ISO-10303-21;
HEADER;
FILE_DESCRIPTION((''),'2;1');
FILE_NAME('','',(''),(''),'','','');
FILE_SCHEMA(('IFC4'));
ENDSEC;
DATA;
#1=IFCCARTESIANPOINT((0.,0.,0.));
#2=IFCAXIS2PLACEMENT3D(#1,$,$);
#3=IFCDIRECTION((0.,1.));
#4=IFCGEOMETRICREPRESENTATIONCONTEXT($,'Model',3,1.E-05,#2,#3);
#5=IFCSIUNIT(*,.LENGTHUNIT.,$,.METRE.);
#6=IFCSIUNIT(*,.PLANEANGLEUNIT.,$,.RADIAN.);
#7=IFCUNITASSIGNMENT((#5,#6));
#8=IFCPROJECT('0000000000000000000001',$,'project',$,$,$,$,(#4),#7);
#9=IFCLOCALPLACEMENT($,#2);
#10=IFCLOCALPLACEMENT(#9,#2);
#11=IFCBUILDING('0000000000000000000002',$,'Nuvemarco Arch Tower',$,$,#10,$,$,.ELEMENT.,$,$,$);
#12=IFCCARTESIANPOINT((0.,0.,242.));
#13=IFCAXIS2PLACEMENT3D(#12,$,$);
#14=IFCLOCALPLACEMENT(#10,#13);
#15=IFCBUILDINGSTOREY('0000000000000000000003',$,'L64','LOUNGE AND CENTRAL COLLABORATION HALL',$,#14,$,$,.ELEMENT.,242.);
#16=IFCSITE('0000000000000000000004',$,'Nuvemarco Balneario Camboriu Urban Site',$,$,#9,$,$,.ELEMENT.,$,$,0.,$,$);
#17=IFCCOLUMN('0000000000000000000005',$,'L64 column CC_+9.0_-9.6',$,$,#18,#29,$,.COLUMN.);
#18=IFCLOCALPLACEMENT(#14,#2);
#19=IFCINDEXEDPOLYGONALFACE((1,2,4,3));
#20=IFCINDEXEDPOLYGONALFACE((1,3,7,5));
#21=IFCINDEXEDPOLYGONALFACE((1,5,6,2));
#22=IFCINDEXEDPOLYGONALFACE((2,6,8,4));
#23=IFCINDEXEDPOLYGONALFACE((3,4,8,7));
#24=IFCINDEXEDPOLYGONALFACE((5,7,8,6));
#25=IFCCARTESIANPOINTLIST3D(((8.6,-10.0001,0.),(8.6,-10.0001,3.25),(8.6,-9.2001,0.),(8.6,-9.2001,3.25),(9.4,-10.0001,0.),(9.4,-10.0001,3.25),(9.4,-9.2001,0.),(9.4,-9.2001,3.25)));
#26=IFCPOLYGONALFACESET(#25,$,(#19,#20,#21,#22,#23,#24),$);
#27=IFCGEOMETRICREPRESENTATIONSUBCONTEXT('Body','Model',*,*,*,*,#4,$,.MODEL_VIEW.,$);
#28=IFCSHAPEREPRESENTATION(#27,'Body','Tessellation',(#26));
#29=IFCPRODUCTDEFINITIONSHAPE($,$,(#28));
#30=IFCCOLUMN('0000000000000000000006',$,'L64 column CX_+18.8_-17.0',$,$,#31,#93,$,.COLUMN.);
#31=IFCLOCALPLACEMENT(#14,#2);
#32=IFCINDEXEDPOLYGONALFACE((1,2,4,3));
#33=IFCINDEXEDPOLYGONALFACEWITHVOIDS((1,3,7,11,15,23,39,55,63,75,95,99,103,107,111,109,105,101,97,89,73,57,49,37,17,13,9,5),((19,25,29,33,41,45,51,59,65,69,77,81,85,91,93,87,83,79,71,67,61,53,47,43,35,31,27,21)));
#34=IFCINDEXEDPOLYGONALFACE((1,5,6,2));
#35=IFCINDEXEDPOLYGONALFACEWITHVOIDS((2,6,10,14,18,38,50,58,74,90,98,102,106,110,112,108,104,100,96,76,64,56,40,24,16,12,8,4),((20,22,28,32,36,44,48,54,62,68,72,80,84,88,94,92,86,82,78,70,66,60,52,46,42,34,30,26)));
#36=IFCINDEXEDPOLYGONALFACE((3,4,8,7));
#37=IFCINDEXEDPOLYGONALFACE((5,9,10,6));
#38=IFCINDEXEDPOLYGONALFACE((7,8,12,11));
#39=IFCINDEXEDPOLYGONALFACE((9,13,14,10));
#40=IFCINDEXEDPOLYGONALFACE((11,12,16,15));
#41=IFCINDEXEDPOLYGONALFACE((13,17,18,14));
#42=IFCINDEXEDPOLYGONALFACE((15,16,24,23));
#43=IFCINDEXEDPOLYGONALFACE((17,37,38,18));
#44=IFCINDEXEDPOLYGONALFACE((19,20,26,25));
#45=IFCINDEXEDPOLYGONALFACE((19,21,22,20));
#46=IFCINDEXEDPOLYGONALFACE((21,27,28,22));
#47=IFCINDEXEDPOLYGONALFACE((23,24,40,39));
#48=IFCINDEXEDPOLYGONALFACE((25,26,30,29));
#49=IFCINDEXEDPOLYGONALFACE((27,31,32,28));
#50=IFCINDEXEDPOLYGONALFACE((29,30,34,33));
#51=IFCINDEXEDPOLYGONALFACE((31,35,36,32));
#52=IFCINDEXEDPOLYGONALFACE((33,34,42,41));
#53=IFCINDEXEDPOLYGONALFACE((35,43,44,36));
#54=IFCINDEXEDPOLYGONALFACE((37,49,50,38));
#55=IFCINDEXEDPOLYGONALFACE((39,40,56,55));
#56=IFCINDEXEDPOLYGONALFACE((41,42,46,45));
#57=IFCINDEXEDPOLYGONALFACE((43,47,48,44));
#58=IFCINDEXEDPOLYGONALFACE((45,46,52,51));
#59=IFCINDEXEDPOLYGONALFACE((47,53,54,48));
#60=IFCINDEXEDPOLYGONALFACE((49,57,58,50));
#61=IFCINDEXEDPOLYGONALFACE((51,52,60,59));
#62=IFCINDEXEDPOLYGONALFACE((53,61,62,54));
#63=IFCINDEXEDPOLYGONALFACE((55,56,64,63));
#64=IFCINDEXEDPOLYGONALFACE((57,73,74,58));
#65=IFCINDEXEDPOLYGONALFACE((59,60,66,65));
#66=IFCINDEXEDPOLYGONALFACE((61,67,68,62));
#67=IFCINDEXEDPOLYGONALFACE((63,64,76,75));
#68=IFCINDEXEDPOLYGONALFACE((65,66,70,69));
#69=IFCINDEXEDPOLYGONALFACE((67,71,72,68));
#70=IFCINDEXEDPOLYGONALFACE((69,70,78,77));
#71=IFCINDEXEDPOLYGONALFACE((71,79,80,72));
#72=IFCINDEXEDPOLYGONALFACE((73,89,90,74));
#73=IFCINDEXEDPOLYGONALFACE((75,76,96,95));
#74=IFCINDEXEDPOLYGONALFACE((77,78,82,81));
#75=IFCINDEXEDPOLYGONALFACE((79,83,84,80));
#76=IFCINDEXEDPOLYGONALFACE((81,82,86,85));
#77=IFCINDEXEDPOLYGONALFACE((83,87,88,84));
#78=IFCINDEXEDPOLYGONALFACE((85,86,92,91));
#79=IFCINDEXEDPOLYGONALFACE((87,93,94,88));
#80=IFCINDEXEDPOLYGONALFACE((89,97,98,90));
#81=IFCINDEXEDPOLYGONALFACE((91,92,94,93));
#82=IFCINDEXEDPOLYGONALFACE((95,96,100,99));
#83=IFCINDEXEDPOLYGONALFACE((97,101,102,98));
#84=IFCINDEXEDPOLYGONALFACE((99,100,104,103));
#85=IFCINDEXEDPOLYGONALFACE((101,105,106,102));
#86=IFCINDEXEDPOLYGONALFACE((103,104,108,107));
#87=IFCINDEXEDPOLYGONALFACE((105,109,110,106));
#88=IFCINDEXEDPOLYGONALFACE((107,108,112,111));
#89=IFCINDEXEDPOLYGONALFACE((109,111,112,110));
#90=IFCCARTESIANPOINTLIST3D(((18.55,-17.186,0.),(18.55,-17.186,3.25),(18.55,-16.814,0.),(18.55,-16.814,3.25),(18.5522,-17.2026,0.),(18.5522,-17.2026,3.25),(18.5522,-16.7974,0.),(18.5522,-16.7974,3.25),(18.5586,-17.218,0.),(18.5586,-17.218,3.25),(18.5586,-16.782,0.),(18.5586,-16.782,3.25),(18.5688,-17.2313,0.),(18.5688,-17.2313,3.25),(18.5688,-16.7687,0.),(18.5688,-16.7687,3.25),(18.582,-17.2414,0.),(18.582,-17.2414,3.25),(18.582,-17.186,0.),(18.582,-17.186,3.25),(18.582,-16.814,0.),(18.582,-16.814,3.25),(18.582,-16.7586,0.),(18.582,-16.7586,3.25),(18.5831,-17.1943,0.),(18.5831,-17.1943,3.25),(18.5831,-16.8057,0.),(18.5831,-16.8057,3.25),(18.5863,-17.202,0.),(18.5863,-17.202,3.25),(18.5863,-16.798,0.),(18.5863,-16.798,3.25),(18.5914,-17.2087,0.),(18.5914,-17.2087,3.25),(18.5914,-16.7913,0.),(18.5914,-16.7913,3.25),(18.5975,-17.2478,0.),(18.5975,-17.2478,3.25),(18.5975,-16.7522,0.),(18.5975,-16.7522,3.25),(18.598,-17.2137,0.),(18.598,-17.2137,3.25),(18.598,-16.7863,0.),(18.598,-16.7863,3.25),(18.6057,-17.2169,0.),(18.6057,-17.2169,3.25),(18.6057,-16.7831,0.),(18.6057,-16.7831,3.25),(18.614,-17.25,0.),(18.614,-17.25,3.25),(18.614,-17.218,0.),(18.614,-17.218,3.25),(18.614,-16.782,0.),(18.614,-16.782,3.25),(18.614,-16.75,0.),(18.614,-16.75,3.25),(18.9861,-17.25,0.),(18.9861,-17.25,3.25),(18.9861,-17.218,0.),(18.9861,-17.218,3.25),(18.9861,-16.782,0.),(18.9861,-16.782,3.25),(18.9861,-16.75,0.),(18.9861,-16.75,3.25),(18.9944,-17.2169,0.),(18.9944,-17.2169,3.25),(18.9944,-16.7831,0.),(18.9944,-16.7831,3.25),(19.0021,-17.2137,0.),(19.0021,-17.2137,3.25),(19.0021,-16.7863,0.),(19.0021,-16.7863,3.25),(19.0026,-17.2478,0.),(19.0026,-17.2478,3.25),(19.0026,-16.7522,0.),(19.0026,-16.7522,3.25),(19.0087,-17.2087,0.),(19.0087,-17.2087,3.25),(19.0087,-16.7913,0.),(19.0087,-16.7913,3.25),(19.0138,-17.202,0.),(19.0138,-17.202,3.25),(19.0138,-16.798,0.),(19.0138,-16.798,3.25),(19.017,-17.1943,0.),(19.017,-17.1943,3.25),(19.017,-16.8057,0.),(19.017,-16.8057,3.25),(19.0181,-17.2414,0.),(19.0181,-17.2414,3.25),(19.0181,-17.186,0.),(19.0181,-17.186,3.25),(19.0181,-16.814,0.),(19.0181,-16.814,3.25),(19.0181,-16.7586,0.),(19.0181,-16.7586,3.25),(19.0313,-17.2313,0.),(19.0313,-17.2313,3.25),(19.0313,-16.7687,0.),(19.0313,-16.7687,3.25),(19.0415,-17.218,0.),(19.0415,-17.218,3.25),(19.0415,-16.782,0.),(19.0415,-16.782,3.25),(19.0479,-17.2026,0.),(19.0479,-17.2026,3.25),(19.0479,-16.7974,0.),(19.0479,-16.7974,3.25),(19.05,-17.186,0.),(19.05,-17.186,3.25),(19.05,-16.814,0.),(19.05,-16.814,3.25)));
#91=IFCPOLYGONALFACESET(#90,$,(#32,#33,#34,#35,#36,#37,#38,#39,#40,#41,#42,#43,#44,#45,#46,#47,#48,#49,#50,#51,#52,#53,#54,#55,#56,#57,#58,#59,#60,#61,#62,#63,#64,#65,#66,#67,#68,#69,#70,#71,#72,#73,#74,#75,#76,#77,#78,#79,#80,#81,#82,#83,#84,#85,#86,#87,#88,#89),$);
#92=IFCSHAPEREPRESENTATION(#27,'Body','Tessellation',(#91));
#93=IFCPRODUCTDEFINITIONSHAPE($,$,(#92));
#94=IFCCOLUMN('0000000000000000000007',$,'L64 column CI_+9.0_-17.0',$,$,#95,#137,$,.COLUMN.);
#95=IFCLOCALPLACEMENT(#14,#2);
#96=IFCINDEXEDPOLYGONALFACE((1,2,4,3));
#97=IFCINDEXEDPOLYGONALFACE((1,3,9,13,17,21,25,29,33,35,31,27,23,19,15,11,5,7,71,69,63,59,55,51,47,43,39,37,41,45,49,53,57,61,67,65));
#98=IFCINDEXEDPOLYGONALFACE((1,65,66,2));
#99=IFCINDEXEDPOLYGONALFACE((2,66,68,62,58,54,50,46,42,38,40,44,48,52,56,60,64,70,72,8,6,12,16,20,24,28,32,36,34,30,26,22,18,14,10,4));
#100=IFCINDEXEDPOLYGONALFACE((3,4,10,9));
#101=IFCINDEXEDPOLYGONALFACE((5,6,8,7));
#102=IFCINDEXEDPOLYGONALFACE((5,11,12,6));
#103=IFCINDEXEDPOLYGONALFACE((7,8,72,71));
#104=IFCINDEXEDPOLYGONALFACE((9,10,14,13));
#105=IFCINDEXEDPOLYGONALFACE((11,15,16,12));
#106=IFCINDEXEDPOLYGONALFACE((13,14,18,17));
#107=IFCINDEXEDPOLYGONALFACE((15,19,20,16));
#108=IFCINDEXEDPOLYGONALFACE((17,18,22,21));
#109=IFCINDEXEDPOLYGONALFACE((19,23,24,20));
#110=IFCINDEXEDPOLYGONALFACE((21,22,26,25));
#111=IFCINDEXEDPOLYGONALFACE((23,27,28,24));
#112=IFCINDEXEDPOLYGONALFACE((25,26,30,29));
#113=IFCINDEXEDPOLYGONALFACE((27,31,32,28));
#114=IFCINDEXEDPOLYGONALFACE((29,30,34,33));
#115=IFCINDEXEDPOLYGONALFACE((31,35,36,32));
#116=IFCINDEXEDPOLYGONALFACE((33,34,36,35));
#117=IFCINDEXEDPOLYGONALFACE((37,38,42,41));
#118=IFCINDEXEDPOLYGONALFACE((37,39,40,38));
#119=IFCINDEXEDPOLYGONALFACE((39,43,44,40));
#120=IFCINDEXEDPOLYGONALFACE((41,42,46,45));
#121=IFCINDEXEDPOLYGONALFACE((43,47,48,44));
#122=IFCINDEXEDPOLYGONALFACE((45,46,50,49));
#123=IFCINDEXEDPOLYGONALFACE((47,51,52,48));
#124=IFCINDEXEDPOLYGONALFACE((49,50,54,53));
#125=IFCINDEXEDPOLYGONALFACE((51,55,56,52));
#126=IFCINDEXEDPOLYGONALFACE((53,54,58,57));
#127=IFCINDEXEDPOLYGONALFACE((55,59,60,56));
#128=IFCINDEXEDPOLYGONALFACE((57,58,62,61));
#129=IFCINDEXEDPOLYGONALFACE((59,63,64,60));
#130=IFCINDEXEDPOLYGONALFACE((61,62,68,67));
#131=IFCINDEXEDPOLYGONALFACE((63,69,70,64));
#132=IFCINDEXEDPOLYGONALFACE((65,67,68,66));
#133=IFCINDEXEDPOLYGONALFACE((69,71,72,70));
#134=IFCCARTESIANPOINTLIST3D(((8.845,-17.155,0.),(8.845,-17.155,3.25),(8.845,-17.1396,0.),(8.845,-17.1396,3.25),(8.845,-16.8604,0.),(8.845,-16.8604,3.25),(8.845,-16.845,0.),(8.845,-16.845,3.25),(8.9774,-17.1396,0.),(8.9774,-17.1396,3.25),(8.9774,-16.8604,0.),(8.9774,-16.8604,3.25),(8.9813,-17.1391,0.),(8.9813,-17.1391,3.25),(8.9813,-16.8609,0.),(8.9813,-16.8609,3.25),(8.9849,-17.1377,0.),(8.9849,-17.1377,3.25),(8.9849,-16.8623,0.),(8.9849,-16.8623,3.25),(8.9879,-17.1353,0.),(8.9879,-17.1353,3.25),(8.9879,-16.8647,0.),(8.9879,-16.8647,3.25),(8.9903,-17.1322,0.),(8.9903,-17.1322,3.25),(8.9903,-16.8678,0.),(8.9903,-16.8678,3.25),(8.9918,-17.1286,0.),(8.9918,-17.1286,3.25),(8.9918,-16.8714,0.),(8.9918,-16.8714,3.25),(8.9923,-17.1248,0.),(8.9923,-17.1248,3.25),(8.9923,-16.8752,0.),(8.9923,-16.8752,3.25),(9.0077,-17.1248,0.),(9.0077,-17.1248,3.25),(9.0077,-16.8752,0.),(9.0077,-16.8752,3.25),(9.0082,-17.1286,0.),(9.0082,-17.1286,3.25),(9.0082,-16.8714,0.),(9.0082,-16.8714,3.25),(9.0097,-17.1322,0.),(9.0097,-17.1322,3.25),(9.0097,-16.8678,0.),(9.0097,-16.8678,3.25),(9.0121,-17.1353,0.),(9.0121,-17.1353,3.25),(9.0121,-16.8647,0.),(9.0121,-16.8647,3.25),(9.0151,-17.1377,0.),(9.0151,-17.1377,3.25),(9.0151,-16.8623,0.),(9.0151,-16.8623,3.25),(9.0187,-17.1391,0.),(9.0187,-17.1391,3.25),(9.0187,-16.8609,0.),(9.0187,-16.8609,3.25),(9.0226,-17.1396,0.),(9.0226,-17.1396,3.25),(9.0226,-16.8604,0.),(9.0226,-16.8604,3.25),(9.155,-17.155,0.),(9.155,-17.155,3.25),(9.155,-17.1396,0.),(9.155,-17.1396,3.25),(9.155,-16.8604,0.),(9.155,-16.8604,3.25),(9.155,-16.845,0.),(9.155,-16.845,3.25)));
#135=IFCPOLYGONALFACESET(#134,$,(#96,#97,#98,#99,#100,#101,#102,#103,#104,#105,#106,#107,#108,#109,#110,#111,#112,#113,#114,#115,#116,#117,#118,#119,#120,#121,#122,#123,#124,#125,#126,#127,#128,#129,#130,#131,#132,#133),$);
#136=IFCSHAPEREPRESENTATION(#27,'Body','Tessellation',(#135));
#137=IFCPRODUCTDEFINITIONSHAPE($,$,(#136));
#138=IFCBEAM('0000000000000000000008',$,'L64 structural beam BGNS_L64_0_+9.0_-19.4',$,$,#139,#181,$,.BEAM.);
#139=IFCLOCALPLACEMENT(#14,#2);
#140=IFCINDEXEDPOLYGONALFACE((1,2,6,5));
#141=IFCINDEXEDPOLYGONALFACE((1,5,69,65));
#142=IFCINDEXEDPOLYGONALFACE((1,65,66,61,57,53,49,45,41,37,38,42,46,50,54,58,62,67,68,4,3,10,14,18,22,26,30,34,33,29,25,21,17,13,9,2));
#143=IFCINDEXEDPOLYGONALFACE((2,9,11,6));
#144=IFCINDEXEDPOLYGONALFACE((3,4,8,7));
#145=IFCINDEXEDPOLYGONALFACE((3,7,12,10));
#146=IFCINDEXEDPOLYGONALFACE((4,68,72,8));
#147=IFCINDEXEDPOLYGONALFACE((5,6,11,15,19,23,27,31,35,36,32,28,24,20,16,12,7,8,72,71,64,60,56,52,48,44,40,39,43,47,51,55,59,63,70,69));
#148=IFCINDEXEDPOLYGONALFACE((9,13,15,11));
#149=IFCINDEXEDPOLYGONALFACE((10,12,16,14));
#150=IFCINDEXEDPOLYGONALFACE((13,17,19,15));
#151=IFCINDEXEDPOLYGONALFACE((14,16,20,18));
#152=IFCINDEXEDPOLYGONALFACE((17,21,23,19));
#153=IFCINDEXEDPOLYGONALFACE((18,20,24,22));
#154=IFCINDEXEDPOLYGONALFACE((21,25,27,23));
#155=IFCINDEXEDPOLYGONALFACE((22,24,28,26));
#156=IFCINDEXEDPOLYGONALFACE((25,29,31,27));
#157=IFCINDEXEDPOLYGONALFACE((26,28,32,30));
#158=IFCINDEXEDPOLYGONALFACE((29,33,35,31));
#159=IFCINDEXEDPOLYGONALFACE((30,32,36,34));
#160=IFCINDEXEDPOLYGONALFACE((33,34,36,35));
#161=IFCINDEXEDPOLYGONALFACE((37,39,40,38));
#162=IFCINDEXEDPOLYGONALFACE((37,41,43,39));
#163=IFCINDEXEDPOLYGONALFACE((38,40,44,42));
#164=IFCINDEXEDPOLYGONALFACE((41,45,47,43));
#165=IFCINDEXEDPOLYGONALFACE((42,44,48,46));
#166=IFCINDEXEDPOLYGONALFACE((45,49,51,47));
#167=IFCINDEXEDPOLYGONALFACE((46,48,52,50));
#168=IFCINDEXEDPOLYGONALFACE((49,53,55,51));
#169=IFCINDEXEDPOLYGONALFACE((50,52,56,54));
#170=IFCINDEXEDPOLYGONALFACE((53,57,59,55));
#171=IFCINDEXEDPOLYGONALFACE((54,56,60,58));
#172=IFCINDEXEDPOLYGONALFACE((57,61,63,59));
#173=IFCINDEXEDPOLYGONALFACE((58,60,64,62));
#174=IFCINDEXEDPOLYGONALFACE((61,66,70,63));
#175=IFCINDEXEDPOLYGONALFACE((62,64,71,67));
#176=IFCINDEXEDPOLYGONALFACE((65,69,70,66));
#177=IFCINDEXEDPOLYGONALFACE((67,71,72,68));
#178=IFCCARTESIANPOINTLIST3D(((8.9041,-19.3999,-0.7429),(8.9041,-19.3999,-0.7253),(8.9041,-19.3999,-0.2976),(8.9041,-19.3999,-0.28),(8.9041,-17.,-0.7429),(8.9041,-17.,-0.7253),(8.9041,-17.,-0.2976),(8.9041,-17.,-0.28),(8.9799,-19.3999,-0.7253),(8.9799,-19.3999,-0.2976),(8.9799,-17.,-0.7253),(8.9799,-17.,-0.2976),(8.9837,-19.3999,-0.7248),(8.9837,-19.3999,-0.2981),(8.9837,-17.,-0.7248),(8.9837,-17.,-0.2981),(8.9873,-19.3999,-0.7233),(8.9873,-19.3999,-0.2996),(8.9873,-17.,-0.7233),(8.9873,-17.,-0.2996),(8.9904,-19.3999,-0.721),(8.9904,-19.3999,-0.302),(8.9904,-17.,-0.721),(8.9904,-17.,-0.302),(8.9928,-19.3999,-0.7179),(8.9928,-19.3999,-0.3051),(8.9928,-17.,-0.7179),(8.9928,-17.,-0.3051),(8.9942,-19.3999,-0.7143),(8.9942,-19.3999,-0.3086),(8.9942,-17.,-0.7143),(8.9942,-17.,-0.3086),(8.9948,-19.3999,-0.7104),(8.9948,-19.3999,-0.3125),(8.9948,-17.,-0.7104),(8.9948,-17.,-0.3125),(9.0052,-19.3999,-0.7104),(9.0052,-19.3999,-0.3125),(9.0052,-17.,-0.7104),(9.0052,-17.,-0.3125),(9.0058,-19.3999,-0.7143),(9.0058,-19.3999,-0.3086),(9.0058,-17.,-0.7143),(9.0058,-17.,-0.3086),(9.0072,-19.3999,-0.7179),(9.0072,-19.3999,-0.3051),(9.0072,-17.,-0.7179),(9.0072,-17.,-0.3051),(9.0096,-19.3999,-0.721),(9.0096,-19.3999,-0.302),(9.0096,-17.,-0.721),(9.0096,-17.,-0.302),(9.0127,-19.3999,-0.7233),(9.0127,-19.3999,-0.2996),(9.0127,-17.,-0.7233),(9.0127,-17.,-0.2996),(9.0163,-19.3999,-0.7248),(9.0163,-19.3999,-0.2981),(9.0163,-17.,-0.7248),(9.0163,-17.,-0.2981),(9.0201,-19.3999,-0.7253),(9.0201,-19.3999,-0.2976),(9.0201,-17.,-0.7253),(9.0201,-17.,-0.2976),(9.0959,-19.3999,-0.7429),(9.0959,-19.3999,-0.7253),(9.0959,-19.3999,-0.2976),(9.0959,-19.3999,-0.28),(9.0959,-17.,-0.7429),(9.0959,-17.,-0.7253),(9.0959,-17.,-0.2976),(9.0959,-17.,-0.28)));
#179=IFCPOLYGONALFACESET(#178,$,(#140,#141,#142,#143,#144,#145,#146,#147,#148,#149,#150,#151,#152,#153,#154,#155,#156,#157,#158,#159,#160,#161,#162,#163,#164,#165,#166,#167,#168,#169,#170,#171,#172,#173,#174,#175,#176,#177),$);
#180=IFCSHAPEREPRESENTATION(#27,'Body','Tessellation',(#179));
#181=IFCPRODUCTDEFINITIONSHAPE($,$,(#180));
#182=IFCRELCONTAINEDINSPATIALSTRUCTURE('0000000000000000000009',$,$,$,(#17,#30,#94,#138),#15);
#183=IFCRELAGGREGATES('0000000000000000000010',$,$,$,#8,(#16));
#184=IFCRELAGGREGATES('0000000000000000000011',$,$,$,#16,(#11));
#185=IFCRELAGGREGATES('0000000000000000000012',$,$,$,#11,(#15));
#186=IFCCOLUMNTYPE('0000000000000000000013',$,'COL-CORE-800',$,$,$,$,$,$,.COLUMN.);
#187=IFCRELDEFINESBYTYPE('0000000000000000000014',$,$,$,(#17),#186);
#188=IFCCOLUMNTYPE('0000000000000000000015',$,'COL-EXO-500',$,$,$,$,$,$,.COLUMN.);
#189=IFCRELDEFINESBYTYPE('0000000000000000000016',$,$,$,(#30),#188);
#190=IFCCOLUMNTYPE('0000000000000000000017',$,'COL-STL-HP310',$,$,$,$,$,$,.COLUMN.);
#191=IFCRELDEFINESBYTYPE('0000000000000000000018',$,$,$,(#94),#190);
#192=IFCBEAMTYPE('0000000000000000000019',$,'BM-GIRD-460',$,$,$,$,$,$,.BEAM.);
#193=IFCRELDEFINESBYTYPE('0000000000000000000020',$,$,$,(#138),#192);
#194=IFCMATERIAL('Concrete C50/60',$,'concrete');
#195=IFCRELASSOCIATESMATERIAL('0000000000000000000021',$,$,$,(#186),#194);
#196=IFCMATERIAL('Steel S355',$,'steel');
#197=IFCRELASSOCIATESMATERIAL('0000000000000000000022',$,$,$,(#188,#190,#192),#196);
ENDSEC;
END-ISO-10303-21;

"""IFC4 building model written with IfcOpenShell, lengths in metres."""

from ifc_helpers import new_model, si_unit, direction, frame, origin, origin_2d, place, context, subcontext, project, spatial, rectangle, hollow_rectangle, i_section, extrude, material, material_profile, profile_set, type_object, element, save


model = new_model("IFC4")

# Units and contexts
model_context = context("Model", 3, precision=1e-05, world=origin(), true_north=direction((0.0, 1.0)))
body_context = subcontext(model_context, "Body", "Model", "MODEL_VIEW")
ifc_project = project(units=[si_unit("LENGTHUNIT", "METRE"), si_unit("PLANEANGLEUNIT", "RADIAN")], contexts=[model_context])

# Site, building, storey
site_placement = place(None, origin())
site = spatial("IfcSite", under=ifc_project, at=site_placement, Name="Nuvemarco Balneario Camboriu Urban Site", CompositionType="ELEMENT", RefElevation=0.0)
building_placement = place(site_placement, origin())
building = spatial("IfcBuilding", under=site, at=building_placement, Name="Nuvemarco Arch Tower", CompositionType="ELEMENT")
storey_placement = place(building_placement, frame((0.0, 0.0, 242.0)))
storey = spatial("IfcBuildingStorey", under=building, at=storey_placement, Name="L64", Description="LOUNGE AND CENTRAL COLLABORATION HALL", CompositionType="ELEMENT", Elevation=242.0)

# Columns
ifc_material_1 = material(Name="Concrete C50/60", Category="concrete")
ifc_material_profile_1 = material_profile(ifc_material_1, rectangle(XDim=0.8, YDim=0.8, at=origin_2d()), Name="RC-COL-800x800")
ifc_profile_set_1 = profile_set([ifc_material_profile_1], Name="Concrete C50/60")
column_type_1 = type_object("IfcColumnType", Name="COL-CORE-800", PredefinedType="COLUMN", material=ifc_profile_set_1)
column_1_placement = place(storey_placement, frame((9.0, -9.6001, 0.0), z_axis=(0.0, 0.0, 1.0), x_axis=(1.0, 0.0, 0.0)))
element("IfcColumn", 1, at=column_1_placement, inside=storey, type_object=column_type_1, Name="L64 column CC_+9.0_-9.6", PredefinedType="COLUMN", context=body_context, shape_type="SweptSolid", body=[
    extrude(rectangle(XDim=0.8, YDim=0.8, at=origin_2d()), origin(), (0.0, 0.0, 1.0), 3.25),
])
ifc_material_2 = material(Name="Steel S355", Category="steel")
ifc_material_profile_2 = material_profile(ifc_material_2, hollow_rectangle(XDim=0.5, YDim=0.5, WallThickness=0.032, InnerFilletRadius=0.032, OuterFilletRadius=0.064, at=origin_2d()), Name="SHS500x500x32")
ifc_profile_set_2 = profile_set([ifc_material_profile_2], Name="Steel S355")
column_type_2 = type_object("IfcColumnType", Name="COL-EXO-500", PredefinedType="COLUMN", material=ifc_profile_set_2)
column_2_placement = place(storey_placement, frame((18.8, -17.0, 0.0), z_axis=(0.0, 0.0, 1.0), x_axis=(1.0, 0.0, 0.0)))
element("IfcColumn", 2, at=column_2_placement, inside=storey, type_object=column_type_2, Name="L64 column CX_+18.8_-17.0", PredefinedType="COLUMN", context=body_context, shape_type="SweptSolid", body=[
    extrude(hollow_rectangle(XDim=0.5, YDim=0.5, WallThickness=0.032, InnerFilletRadius=0.032, OuterFilletRadius=0.064, at=origin_2d()), origin(), (0.0, 0.0, 1.0), 3.25),
])
ifc_material_profile_3 = material_profile(ifc_material_2, i_section(OverallWidth=0.3101, OverallDepth=0.3101, WebThickness=0.0154, FlangeThickness=0.0154, FilletRadius=0.0149, at=origin_2d()), Name="HP310x110")
ifc_profile_set_3 = profile_set([ifc_material_profile_3], Name="Steel S355")
column_type_3 = type_object("IfcColumnType", Name="COL-STL-HP310", PredefinedType="COLUMN", material=ifc_profile_set_3)
column_3_placement = place(storey_placement, frame((9.0, -17.0, 0.0), z_axis=(0.0, 0.0, 1.0), x_axis=(1.0, 0.0, 0.0)))
element("IfcColumn", 3, at=column_3_placement, inside=storey, type_object=column_type_3, Name="L64 column CI_+9.0_-17.0", PredefinedType="COLUMN", context=body_context, shape_type="SweptSolid", body=[
    extrude(i_section(OverallWidth=0.3101, OverallDepth=0.3101, WebThickness=0.0154, FlangeThickness=0.0154, FilletRadius=0.0149, at=origin_2d()), origin(), (0.0, 0.0, 1.0), 3.25),
])

# Beam
ifc_material_profile_4 = material_profile(ifc_material_2, i_section(OverallWidth=0.1919, OverallDepth=0.4629, WebThickness=0.0105, FlangeThickness=0.0176, FilletRadius=0.0149, at=origin_2d()), Name="W460x89")
ifc_profile_set_4 = profile_set([ifc_material_profile_4], Name="Steel S355")
beam_type_1 = type_object("IfcBeamType", Name="BM-GIRD-460", PredefinedType="BEAM", material=ifc_profile_set_4)
beam_1_placement = place(storey_placement, frame((9.0, -19.3999, -0.5115), z_axis=(0.0, 1.0, 0.0), x_axis=(-1.0, 0.0, 0.0)))
element("IfcBeam", 4, at=beam_1_placement, inside=storey, type_object=beam_type_1, Name="L64 structural beam BGNS_L64_0_+9.0_-19.4", PredefinedType="BEAM", context=body_context, shape_type="SweptSolid", body=[
    extrude(i_section(OverallWidth=0.1919, OverallDepth=0.4629, WebThickness=0.0105, FlangeThickness=0.0176, FilletRadius=0.0149, at=origin_2d()), origin(), (0.0, 0.0, 1.0), 2.3999),
])

save(model, "model.ifc")
